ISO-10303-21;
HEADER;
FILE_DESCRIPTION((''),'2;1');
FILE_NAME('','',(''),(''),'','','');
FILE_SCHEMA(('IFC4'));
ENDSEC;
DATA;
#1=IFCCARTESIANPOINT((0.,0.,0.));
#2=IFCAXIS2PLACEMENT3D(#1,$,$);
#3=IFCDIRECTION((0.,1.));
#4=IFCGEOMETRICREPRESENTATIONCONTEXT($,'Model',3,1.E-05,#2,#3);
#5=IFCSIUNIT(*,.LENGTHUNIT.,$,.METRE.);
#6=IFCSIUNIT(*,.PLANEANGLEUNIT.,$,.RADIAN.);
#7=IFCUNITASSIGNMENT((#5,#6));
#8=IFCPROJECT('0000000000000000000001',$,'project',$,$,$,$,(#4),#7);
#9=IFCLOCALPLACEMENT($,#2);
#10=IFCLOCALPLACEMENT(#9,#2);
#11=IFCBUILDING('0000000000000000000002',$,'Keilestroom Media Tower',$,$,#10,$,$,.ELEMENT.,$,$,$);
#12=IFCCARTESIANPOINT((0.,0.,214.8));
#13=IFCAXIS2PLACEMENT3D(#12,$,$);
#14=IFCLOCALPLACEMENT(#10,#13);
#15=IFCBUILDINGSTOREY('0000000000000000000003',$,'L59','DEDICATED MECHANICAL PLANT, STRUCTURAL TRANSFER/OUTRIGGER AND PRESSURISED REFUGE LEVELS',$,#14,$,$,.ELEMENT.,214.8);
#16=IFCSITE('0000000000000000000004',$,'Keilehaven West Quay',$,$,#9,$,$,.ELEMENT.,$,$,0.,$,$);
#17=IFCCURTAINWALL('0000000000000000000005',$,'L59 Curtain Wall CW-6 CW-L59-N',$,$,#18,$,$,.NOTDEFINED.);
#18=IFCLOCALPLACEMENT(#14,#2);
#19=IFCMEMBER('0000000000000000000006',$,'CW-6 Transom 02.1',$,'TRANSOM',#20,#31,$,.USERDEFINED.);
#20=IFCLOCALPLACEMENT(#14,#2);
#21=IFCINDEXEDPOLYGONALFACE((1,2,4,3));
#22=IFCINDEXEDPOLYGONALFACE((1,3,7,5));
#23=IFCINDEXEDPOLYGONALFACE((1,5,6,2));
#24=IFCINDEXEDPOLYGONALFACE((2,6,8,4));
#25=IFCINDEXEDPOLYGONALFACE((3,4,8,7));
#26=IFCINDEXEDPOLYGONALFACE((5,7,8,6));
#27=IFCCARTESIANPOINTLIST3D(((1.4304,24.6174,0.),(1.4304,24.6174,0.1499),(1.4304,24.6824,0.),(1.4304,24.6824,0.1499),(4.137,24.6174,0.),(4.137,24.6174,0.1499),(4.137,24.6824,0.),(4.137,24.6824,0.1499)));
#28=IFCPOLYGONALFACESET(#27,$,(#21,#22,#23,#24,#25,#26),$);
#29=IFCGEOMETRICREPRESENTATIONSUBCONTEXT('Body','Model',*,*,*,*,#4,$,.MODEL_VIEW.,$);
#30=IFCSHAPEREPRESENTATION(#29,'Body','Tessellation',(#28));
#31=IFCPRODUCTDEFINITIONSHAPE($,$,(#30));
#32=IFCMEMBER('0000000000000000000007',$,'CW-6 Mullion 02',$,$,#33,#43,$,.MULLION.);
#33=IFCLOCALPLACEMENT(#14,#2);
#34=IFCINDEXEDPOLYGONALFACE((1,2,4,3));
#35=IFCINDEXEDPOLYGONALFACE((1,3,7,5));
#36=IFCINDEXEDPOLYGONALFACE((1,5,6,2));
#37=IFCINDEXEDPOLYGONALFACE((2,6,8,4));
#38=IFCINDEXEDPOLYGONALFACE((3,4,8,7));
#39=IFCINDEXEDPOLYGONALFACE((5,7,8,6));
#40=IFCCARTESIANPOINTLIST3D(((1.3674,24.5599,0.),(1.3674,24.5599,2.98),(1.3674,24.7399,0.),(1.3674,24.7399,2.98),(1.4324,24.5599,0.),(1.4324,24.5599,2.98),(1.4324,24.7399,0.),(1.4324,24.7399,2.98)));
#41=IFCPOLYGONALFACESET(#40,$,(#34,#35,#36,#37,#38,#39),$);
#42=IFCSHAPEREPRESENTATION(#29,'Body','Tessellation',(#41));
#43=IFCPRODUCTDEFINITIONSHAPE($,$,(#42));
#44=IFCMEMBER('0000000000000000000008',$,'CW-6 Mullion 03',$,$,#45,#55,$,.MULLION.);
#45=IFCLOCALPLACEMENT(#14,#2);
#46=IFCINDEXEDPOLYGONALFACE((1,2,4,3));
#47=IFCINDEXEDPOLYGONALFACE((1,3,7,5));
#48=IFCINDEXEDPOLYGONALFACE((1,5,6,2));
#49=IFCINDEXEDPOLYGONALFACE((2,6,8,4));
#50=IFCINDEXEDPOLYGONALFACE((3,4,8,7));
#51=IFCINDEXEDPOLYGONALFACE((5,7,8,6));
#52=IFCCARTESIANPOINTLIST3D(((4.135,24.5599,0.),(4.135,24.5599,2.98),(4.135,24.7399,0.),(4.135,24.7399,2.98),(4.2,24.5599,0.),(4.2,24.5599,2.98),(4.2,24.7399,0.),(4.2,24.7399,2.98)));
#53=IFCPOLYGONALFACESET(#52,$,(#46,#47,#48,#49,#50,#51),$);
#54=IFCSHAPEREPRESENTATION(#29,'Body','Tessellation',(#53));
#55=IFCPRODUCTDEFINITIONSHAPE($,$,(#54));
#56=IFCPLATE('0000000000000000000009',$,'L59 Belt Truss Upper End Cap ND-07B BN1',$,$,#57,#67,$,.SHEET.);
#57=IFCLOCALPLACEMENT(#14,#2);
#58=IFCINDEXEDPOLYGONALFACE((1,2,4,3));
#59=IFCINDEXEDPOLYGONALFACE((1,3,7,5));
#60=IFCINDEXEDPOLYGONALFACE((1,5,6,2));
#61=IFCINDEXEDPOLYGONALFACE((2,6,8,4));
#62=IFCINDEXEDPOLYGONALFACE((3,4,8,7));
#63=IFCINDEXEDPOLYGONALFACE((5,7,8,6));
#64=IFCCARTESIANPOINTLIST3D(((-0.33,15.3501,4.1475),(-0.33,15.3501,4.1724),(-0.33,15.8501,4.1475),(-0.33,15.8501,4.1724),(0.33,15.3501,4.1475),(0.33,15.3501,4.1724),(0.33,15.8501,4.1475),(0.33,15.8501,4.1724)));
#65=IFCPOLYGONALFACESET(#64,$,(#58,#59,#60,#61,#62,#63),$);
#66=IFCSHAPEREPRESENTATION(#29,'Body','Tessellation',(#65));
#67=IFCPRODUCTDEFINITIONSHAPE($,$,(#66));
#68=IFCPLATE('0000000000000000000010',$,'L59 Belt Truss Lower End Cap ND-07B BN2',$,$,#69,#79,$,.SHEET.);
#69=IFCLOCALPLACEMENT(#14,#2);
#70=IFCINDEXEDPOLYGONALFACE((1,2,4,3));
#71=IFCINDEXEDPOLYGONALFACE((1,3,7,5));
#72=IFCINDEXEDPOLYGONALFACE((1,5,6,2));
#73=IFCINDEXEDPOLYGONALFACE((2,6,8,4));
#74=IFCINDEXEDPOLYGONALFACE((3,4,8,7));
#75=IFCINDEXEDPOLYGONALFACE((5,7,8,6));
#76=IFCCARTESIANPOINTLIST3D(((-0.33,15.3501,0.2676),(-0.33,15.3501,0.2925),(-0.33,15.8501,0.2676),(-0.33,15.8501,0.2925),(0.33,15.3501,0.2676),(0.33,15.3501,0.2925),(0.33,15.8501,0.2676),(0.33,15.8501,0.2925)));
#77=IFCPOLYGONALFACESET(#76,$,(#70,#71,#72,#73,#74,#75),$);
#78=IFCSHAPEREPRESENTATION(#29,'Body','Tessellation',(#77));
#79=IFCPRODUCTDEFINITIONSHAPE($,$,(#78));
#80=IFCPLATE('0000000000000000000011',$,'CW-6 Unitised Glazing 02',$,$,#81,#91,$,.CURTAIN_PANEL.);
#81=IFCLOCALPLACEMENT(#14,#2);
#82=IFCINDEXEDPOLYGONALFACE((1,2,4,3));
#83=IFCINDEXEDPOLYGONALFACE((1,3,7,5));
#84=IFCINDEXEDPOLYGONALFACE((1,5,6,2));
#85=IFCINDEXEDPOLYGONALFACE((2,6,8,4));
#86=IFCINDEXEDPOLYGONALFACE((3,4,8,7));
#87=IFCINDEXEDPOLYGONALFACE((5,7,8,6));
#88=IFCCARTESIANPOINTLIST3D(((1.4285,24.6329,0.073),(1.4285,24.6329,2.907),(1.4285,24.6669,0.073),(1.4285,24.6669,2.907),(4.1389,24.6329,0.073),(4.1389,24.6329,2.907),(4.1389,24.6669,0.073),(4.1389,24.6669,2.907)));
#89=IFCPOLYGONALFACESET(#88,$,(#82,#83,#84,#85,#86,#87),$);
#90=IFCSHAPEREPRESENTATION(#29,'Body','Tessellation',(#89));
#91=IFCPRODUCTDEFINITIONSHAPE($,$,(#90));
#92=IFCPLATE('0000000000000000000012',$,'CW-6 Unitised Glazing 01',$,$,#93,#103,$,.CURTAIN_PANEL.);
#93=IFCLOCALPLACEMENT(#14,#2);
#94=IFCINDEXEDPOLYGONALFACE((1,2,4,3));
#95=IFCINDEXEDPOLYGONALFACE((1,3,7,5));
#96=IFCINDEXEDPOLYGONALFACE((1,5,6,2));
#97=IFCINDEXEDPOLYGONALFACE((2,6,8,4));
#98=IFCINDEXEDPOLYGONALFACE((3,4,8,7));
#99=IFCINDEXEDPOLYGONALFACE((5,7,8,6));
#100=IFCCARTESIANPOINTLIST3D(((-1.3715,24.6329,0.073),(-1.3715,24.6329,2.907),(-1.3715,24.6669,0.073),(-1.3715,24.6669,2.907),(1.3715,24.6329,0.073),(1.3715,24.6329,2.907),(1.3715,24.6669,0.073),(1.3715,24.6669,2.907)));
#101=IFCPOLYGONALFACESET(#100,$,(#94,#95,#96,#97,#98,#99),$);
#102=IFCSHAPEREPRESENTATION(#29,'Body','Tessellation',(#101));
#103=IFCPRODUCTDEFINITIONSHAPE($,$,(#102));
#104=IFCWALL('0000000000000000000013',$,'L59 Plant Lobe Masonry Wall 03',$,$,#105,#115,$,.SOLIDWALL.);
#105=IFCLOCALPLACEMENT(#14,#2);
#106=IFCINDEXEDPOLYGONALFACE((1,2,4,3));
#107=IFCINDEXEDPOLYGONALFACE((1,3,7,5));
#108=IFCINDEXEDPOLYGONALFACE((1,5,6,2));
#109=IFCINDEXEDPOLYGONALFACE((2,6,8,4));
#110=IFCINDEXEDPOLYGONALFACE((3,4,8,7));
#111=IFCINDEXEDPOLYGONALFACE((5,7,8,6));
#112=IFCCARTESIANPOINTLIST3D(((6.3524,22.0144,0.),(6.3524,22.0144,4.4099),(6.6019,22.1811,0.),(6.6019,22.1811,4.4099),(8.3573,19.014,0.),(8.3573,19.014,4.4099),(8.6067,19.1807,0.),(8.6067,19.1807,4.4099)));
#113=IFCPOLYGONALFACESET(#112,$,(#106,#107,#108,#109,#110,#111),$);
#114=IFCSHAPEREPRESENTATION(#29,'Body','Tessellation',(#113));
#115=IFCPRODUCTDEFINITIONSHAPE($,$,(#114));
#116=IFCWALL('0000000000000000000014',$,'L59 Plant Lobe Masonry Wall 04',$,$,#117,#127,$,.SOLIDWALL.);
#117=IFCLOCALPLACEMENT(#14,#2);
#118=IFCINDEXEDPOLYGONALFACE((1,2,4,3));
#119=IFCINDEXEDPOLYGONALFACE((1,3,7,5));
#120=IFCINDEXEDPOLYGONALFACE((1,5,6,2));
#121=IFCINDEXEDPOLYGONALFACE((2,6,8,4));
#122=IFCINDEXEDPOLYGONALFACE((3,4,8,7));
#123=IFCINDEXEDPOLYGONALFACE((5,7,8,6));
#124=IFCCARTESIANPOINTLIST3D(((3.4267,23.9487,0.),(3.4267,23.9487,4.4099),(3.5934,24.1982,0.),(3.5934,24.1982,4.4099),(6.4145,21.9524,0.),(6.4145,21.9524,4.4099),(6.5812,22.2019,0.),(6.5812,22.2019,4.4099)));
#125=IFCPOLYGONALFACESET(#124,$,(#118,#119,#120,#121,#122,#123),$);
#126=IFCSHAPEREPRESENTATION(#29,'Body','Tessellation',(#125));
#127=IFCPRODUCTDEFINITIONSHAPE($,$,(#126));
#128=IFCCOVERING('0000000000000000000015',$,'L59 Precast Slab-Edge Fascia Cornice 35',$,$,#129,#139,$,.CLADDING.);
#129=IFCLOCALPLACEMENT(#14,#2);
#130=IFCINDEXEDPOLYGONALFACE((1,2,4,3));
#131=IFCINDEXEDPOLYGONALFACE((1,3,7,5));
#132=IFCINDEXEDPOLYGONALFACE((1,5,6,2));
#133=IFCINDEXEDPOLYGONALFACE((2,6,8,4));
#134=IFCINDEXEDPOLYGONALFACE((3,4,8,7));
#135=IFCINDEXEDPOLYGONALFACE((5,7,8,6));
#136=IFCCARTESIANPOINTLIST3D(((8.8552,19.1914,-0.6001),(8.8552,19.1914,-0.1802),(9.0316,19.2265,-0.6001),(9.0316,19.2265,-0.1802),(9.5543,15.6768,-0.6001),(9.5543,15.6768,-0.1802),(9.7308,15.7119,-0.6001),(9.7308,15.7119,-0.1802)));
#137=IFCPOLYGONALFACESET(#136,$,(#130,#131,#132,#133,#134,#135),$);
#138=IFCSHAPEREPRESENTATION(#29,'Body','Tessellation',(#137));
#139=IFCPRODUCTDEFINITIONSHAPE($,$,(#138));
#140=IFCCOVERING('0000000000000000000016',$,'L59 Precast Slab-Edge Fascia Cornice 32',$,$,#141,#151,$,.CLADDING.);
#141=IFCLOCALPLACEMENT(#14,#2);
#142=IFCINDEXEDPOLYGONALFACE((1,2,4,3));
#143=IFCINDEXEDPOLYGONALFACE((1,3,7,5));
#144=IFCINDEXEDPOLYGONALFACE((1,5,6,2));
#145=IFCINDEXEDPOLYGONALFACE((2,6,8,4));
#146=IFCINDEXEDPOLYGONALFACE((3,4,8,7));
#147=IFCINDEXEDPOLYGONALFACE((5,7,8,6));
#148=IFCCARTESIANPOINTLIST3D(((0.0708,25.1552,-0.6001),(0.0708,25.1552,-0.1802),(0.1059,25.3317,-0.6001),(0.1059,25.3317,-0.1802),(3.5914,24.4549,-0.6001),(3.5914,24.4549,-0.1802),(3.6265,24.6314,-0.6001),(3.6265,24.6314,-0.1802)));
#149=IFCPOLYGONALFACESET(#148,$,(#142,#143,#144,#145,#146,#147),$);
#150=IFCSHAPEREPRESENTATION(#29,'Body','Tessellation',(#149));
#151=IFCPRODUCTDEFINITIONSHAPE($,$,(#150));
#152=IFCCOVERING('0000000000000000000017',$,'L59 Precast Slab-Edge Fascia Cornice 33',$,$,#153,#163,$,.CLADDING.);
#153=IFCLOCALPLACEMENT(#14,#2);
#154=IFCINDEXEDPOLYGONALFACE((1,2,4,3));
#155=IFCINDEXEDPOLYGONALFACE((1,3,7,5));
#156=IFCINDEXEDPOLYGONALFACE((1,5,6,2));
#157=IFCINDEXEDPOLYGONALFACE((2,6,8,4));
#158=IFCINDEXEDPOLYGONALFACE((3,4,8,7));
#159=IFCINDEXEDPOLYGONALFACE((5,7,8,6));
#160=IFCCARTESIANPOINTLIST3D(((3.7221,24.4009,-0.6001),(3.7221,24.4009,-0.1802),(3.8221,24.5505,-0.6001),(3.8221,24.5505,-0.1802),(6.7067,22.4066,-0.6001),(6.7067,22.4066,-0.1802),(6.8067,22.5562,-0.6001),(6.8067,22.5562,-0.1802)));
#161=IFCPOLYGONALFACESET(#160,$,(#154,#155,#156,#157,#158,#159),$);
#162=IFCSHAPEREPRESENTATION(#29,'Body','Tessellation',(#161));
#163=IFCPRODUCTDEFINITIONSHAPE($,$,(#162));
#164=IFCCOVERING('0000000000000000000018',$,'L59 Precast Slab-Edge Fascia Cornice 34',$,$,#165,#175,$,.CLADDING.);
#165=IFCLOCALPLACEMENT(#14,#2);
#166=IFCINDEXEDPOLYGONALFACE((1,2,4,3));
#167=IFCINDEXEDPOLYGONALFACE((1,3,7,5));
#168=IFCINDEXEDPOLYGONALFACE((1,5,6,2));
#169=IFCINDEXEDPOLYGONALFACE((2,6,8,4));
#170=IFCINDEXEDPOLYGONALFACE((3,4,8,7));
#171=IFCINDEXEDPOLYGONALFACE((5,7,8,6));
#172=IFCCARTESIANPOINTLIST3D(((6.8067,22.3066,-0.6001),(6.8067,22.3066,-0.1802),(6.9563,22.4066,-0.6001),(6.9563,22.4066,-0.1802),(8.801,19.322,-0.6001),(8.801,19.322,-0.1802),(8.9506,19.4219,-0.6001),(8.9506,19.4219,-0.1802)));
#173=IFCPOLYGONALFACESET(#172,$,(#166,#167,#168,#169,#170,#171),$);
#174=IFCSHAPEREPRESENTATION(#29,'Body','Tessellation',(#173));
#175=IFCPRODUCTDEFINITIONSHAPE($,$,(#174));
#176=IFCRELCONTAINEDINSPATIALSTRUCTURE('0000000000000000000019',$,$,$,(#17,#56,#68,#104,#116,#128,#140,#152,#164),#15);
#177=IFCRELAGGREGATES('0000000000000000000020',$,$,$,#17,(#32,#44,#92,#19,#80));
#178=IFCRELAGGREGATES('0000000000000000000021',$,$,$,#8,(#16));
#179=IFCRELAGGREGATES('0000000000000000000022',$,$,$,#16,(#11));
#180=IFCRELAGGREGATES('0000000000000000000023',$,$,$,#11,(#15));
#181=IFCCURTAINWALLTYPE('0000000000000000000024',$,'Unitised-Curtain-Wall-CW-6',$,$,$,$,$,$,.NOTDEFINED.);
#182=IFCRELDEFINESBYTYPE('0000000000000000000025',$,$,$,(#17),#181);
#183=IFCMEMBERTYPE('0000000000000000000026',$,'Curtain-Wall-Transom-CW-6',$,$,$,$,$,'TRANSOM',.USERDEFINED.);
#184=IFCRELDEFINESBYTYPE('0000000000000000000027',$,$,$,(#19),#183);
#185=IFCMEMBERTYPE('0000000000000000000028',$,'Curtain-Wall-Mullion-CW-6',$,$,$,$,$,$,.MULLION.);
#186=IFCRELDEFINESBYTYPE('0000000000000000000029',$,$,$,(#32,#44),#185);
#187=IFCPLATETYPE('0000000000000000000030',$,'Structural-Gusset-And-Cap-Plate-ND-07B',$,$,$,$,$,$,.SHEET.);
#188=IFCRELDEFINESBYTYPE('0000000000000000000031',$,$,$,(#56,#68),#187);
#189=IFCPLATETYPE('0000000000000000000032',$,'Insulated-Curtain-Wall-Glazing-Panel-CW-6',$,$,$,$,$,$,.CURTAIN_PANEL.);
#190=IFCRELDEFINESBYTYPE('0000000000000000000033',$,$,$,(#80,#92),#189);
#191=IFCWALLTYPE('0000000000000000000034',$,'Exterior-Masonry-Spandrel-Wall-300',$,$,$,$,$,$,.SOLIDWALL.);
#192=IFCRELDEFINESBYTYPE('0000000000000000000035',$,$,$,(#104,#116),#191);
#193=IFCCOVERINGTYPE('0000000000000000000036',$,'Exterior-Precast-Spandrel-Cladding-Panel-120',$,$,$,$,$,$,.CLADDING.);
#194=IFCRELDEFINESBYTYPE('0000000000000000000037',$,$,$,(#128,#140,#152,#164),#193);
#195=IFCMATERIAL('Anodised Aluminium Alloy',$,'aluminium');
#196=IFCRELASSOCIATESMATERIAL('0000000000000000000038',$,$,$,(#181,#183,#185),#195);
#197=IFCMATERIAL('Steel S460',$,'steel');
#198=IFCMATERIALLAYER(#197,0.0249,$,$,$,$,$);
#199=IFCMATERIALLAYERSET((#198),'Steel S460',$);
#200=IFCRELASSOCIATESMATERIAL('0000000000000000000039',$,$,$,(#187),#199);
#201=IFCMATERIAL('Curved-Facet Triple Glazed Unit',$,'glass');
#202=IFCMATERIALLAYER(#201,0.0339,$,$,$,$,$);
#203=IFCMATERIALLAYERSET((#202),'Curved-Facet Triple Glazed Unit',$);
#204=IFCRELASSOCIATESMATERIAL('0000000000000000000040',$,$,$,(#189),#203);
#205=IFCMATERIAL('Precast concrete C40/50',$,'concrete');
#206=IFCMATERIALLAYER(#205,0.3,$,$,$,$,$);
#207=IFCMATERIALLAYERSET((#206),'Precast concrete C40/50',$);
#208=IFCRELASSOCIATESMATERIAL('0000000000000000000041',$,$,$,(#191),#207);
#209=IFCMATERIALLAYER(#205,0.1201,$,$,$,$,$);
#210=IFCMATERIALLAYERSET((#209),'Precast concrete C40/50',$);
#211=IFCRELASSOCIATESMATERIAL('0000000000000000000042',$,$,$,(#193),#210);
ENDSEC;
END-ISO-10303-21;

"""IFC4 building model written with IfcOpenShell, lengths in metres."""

from ifc_helpers import new_model, si_unit, direction, frame, frame_2d, origin, origin_2d, place, context, subcontext, project, spatial, rectangle, extrude, source, transform, mapped, material, layer, layer_set, material_profile, profile_set, type_object, element, aggregate, save


model = new_model("IFC4")

# Units and contexts
model_context = context("Model", 3, precision=1e-05, world=origin(), true_north=direction((0.0, 1.0)))
body_context = subcontext(model_context, "Body", "Model", "MODEL_VIEW")
ifc_project = project(units=[si_unit("LENGTHUNIT", "METRE"), si_unit("PLANEANGLEUNIT", "RADIAN")], contexts=[model_context])

# Site, building, storey
site_placement = place(None, origin())
site = spatial("IfcSite", under=ifc_project, at=site_placement, Name="Keilehaven West Quay", CompositionType="ELEMENT", RefElevation=0.0)
building_placement = place(site_placement, origin())
building = spatial("IfcBuilding", under=site, at=building_placement, Name="Keilestroom Media Tower", CompositionType="ELEMENT")
storey_placement = place(building_placement, frame((0.0, 0.0, 214.8)))
storey = spatial("IfcBuildingStorey", under=building, at=storey_placement, Name="L59", Description="DEDICATED MECHANICAL PLANT, STRUCTURAL TRANSFER/OUTRIGGER AND PRESSURISED REFUGE LEVELS", CompositionType="ELEMENT", Elevation=214.8)

# Shared definitions
ifc_material_1 = material(Name="Steel S460", Category="steel")

# Curtain wall, members
ifc_material_2 = material(Name="Anodised Aluminium Alloy", Category="aluminium")
curtain_wall_type = type_object("IfcCurtainWallType", Name="Unitised-Curtain-Wall-CW-6", PredefinedType="NOTDEFINED", material=ifc_material_2)
curtain_wall_placement = place(storey_placement, origin())
curtain_wall = element("IfcCurtainWall", 1, at=curtain_wall_placement, inside=storey, type_object=curtain_wall_type, Name="L59 Curtain Wall CW-6 CW-L59-N", PredefinedType="NOTDEFINED")
ifc_material_profile_1 = material_profile(ifc_material_2, rectangle(XDim=0.0649, YDim=0.1499, at=origin_2d()), Name="ALU TRANSOM 65x150")
ifc_profile_set_1 = profile_set([ifc_material_profile_1], Name="Anodised Aluminium Alloy")
member_type_1 = type_object("IfcMemberType", Name="Curtain-Wall-Transom-CW-6", ElementType="TRANSOM", PredefinedType="USERDEFINED", material=ifc_profile_set_1)
shared_shape_1 = source(origin(), body_context, "Body", "SweptSolid", [
    extrude(rectangle(XDim=0.0649, YDim=0.1499, at=origin_2d()), origin(), (0.0, 0.0, 1.0), 2.7065),
])
member_1_placement = place(storey_placement, frame((1.4304, 24.6499, 0.075), z_axis=(1.0, 0.0, 0.0), x_axis=(0.0, 1.0, 0.0)))
member_1 = element("IfcMember", 2, at=member_1_placement, type_object=member_type_1, Name="CW-6 Transom 02.1", ObjectType="TRANSOM", PredefinedType="USERDEFINED", context=body_context, shape_type="MappedRepresentation", body=[
    mapped(shared_shape_1, transform((0.0, 0.0, 0.0), x_axis=(1.0, 0.0, 0.0), y_axis=(0.0, 1.0, 0.0), z_axis=(0.0, 0.0, 1.0), scale=1.0)),
])
ifc_material_profile_2 = material_profile(ifc_material_2, rectangle(XDim=0.0649, YDim=0.1799, at=origin_2d()), Name="ALU MULLION 65x180")
ifc_profile_set_2 = profile_set([ifc_material_profile_2], Name="Anodised Aluminium Alloy")
member_type_2 = type_object("IfcMemberType", Name="Curtain-Wall-Mullion-CW-6", PredefinedType="MULLION", material=ifc_profile_set_2)
shared_shape_2 = source(origin(), body_context, "Body", "SweptSolid", [
    extrude(rectangle(XDim=0.0649, YDim=0.1799, at=origin_2d()), origin(), (0.0, 0.0, 1.0), 2.98),
])
member_2_placement = place(storey_placement, frame((1.3999, 24.6499, 0.0), z_axis=(0.0, 0.0, 1.0), x_axis=(1.0, 0.0, 0.0)))
member_2 = element("IfcMember", 3, at=member_2_placement, type_object=member_type_2, Name="CW-6 Mullion 02", PredefinedType="MULLION", context=body_context, shape_type="MappedRepresentation", body=[
    mapped(shared_shape_2, transform((0.0, 0.0, 0.0), x_axis=(1.0, 0.0, 0.0), y_axis=(0.0, 1.0, 0.0), z_axis=(0.0, 0.0, 1.0), scale=1.0)),
])
member_3_placement = place(storey_placement, frame((4.1675, 24.6499, 0.0), z_axis=(0.0, 0.0, 1.0), x_axis=(1.0, 0.0, 0.0)))
member_3 = element("IfcMember", 4, at=member_3_placement, type_object=member_type_2, Name="CW-6 Mullion 03", PredefinedType="MULLION", context=body_context, shape_type="MappedRepresentation", body=[
    mapped(shared_shape_2, transform((0.0, 0.0, 0.0), x_axis=(1.0, 0.0, 0.0), y_axis=(0.0, 1.0, 0.0), z_axis=(0.0, 0.0, 1.0), scale=1.0)),
])

# Plates
ifc_layer_1 = layer(ifc_material_1, 0.0249)
ifc_layer_set_1 = layer_set([ifc_layer_1], Name="Steel S460")
plate_type_1 = type_object("IfcPlateType", Name="Structural-Gusset-And-Cap-Plate-ND-07B", PredefinedType="SHEET", material=ifc_layer_set_1)
shared_shape_3 = source(origin(), body_context, "Body", "SweptSolid", [
    extrude(rectangle(XDim=0.6599, YDim=0.5, at=origin_2d()), origin(), (0.0, 0.0, 1.0), 0.0249),
])
for number, where, z_axis, x_axis, name in (
    (5, (0.0, 15.6001, 4.1475), (0.0, 0.0, 1.0), (1.0, 0.0, 0.0), "L59 Belt Truss Upper End Cap ND-07B BN1"),
    (6, (0.0, 15.6001, 0.2676), (0.0, 0.0, 1.0), (1.0, 0.0, 0.0), "L59 Belt Truss Lower End Cap ND-07B BN2"),
):
    element("IfcPlate", number, at=place(storey_placement, frame(where, z_axis=z_axis, x_axis=x_axis)), inside=storey, type_object=plate_type_1, Name=name, PredefinedType="SHEET", context=body_context, shape_type="MappedRepresentation", body=[
        mapped(shared_shape_3, transform((0.0, 0.0, 0.0), x_axis=(1.0, 0.0, 0.0), y_axis=(0.0, 1.0, 0.0), z_axis=(0.0, 0.0, 1.0), scale=1.0)),
    ])

# Plates
ifc_material_3 = material(Name="Curved-Facet Triple Glazed Unit", Category="glass")
ifc_layer_2 = layer(ifc_material_3, 0.0339)
ifc_layer_set_2 = layer_set([ifc_layer_2], Name="Curved-Facet Triple Glazed Unit")
plate_type_2 = type_object("IfcPlateType", Name="Insulated-Curtain-Wall-Glazing-Panel-CW-6", PredefinedType="CURTAIN_PANEL", material=ifc_layer_set_2)
shared_shape_4 = source(origin(), body_context, "Body", "SweptSolid", [
    extrude(rectangle(XDim=2.7104, YDim=0.0339, at=origin_2d()), origin(), (0.0, 0.0, 1.0), 2.834),
])
plate_1_placement = place(storey_placement, frame((2.7837, 24.6499, 0.073), z_axis=(0.0, 0.0, 1.0), x_axis=(1.0, 0.0, 0.0)))
plate_1 = element("IfcPlate", 7, at=plate_1_placement, type_object=plate_type_2, Name="CW-6 Unitised Glazing 02", PredefinedType="CURTAIN_PANEL", context=body_context, shape_type="MappedRepresentation", body=[
    mapped(shared_shape_4, transform((0.0, 0.0, 0.0), x_axis=(1.0, 0.0, 0.0), y_axis=(0.0, 1.0, 0.0), z_axis=(0.0, 0.0, 1.0), scale=1.0)),
])
shared_shape_5 = source(origin(), body_context, "Body", "SweptSolid", [
    extrude(rectangle(XDim=2.7429, YDim=0.0339, at=origin_2d()), origin(), (0.0, 0.0, 1.0), 2.834),
])
plate_2_placement = place(storey_placement, frame((0.0, 24.6499, 0.073), z_axis=(0.0, 0.0, 1.0), x_axis=(1.0, 0.0, 0.0)))
plate_2 = element("IfcPlate", 8, at=plate_2_placement, type_object=plate_type_2, Name="CW-6 Unitised Glazing 01", PredefinedType="CURTAIN_PANEL", context=body_context, shape_type="MappedRepresentation", body=[
    mapped(shared_shape_5, transform((0.0, 0.0, 0.0), x_axis=(1.0, 0.0, 0.0), y_axis=(0.0, 1.0, 0.0), z_axis=(0.0, 0.0, 1.0), scale=1.0)),
])
aggregate(curtain_wall, [member_2, member_3, plate_2, member_1, plate_1])

# Walls
ifc_material_4 = material(Name="Precast concrete C40/50", Category="concrete")
ifc_layer_3 = layer(ifc_material_4, 0.3)
ifc_layer_set_3 = layer_set([ifc_layer_3], Name="Precast concrete C40/50")
wall_type = type_object("IfcWallType", Name="Exterior-Masonry-Spandrel-Wall-300", PredefinedType="SOLIDWALL", material=ifc_layer_set_3)
wall_1_placement = place(storey_placement, frame((8.4819, 19.0974, 0.0), z_axis=(0.0, 0.0, 1.0), x_axis=(-0.555574, 0.831467, 0.0)))
element("IfcWall", 9, at=wall_1_placement, inside=storey, type_object=wall_type, Name="L59 Plant Lobe Masonry Wall 03", PredefinedType="SOLIDWALL", context=body_context, shape_type="SweptSolid", body=[
    extrude(rectangle(XDim=3.6086, YDim=0.3, at=frame_2d((1.8042, 0.0))), origin(), (0.0, 0.0, 1.0), 4.4099),
])
wall_2_placement = place(storey_placement, frame((6.4978, 22.0771, 0.0), z_axis=(0.0, 0.0, 1.0), x_axis=(-0.831475, 0.555562, 0.0)))
element("IfcWall", 10, at=wall_2_placement, inside=storey, type_object=wall_type, Name="L59 Plant Lobe Masonry Wall 04", PredefinedType="SOLIDWALL", context=body_context, shape_type="SweptSolid", body=[
    extrude(rectangle(XDim=3.5933, YDim=0.3, at=frame_2d((1.7966, 0.0))), origin(), (0.0, 0.0, 1.0), 4.4099),
])

# Coverings
ifc_layer_4 = layer(ifc_material_4, 0.1201)
ifc_layer_set_4 = layer_set([ifc_layer_4], Name="Precast concrete C40/50")
covering_type = type_object("IfcCoveringType", Name="Exterior-Precast-Spandrel-Cladding-Panel-120", PredefinedType="CLADDING", material=ifc_layer_set_4)
shared_shape_6 = source(origin(), body_context, "Body", "SweptSolid", [
    extrude(rectangle(XDim=3.5835, YDim=0.1799, at=origin_2d()), origin(), (0.0, 0.0, 1.0), 0.4199),
])
covering_placement = place(storey_placement, frame((9.293, 17.4517, -0.6001), z_axis=(0.0, 0.0, 1.0), x_axis=(0.195099, -0.980784, 0.0)))
element("IfcCovering", 11, at=covering_placement, inside=storey, type_object=covering_type, Name="L59 Precast Slab-Edge Fascia Cornice 35", PredefinedType="CLADDING", context=body_context, shape_type="MappedRepresentation", body=[
    mapped(shared_shape_6, transform((0.0, 0.0, 0.0), x_axis=(1.0, 0.0, 0.0), y_axis=(0.0, 1.0, 0.0), z_axis=(0.0, 0.0, 1.0), scale=1.0)),
])
shared_shape_7 = source(origin(), body_context, "Body", "SweptSolid", [
    extrude(rectangle(XDim=3.5896, YDim=0.1799, at=origin_2d()), origin(), (0.0, 0.0, 1.0), 0.4199),
])
for number, where, z_axis, x_axis, name in (
    (12, (1.8486, 24.8933, -0.6001), (0.0, 0.0, 1.0), (0.980784, -0.195099, 0.0), "L59 Precast Slab-Edge Fascia Cornice 32"),
    (13, (5.2644, 23.4785, -0.6001), (0.0, 0.0, 1.0), (0.831467, -0.555575, 0.0), "L59 Precast Slab-Edge Fascia Cornice 33"),
    (14, (7.8787, 20.8643, -0.6001), (0.0, 0.0, 1.0), (0.555575, -0.831467, 0.0), "L59 Precast Slab-Edge Fascia Cornice 34"),
):
    element("IfcCovering", number, at=place(storey_placement, frame(where, z_axis=z_axis, x_axis=x_axis)), inside=storey, type_object=covering_type, Name=name, PredefinedType="CLADDING", context=body_context, shape_type="MappedRepresentation", body=[
        mapped(shared_shape_7, transform((0.0, 0.0, 0.0), x_axis=(1.0, 0.0, 0.0), y_axis=(0.0, 1.0, 0.0), z_axis=(0.0, 0.0, 1.0), scale=1.0)),
    ])

save(model, "model.ifc")
